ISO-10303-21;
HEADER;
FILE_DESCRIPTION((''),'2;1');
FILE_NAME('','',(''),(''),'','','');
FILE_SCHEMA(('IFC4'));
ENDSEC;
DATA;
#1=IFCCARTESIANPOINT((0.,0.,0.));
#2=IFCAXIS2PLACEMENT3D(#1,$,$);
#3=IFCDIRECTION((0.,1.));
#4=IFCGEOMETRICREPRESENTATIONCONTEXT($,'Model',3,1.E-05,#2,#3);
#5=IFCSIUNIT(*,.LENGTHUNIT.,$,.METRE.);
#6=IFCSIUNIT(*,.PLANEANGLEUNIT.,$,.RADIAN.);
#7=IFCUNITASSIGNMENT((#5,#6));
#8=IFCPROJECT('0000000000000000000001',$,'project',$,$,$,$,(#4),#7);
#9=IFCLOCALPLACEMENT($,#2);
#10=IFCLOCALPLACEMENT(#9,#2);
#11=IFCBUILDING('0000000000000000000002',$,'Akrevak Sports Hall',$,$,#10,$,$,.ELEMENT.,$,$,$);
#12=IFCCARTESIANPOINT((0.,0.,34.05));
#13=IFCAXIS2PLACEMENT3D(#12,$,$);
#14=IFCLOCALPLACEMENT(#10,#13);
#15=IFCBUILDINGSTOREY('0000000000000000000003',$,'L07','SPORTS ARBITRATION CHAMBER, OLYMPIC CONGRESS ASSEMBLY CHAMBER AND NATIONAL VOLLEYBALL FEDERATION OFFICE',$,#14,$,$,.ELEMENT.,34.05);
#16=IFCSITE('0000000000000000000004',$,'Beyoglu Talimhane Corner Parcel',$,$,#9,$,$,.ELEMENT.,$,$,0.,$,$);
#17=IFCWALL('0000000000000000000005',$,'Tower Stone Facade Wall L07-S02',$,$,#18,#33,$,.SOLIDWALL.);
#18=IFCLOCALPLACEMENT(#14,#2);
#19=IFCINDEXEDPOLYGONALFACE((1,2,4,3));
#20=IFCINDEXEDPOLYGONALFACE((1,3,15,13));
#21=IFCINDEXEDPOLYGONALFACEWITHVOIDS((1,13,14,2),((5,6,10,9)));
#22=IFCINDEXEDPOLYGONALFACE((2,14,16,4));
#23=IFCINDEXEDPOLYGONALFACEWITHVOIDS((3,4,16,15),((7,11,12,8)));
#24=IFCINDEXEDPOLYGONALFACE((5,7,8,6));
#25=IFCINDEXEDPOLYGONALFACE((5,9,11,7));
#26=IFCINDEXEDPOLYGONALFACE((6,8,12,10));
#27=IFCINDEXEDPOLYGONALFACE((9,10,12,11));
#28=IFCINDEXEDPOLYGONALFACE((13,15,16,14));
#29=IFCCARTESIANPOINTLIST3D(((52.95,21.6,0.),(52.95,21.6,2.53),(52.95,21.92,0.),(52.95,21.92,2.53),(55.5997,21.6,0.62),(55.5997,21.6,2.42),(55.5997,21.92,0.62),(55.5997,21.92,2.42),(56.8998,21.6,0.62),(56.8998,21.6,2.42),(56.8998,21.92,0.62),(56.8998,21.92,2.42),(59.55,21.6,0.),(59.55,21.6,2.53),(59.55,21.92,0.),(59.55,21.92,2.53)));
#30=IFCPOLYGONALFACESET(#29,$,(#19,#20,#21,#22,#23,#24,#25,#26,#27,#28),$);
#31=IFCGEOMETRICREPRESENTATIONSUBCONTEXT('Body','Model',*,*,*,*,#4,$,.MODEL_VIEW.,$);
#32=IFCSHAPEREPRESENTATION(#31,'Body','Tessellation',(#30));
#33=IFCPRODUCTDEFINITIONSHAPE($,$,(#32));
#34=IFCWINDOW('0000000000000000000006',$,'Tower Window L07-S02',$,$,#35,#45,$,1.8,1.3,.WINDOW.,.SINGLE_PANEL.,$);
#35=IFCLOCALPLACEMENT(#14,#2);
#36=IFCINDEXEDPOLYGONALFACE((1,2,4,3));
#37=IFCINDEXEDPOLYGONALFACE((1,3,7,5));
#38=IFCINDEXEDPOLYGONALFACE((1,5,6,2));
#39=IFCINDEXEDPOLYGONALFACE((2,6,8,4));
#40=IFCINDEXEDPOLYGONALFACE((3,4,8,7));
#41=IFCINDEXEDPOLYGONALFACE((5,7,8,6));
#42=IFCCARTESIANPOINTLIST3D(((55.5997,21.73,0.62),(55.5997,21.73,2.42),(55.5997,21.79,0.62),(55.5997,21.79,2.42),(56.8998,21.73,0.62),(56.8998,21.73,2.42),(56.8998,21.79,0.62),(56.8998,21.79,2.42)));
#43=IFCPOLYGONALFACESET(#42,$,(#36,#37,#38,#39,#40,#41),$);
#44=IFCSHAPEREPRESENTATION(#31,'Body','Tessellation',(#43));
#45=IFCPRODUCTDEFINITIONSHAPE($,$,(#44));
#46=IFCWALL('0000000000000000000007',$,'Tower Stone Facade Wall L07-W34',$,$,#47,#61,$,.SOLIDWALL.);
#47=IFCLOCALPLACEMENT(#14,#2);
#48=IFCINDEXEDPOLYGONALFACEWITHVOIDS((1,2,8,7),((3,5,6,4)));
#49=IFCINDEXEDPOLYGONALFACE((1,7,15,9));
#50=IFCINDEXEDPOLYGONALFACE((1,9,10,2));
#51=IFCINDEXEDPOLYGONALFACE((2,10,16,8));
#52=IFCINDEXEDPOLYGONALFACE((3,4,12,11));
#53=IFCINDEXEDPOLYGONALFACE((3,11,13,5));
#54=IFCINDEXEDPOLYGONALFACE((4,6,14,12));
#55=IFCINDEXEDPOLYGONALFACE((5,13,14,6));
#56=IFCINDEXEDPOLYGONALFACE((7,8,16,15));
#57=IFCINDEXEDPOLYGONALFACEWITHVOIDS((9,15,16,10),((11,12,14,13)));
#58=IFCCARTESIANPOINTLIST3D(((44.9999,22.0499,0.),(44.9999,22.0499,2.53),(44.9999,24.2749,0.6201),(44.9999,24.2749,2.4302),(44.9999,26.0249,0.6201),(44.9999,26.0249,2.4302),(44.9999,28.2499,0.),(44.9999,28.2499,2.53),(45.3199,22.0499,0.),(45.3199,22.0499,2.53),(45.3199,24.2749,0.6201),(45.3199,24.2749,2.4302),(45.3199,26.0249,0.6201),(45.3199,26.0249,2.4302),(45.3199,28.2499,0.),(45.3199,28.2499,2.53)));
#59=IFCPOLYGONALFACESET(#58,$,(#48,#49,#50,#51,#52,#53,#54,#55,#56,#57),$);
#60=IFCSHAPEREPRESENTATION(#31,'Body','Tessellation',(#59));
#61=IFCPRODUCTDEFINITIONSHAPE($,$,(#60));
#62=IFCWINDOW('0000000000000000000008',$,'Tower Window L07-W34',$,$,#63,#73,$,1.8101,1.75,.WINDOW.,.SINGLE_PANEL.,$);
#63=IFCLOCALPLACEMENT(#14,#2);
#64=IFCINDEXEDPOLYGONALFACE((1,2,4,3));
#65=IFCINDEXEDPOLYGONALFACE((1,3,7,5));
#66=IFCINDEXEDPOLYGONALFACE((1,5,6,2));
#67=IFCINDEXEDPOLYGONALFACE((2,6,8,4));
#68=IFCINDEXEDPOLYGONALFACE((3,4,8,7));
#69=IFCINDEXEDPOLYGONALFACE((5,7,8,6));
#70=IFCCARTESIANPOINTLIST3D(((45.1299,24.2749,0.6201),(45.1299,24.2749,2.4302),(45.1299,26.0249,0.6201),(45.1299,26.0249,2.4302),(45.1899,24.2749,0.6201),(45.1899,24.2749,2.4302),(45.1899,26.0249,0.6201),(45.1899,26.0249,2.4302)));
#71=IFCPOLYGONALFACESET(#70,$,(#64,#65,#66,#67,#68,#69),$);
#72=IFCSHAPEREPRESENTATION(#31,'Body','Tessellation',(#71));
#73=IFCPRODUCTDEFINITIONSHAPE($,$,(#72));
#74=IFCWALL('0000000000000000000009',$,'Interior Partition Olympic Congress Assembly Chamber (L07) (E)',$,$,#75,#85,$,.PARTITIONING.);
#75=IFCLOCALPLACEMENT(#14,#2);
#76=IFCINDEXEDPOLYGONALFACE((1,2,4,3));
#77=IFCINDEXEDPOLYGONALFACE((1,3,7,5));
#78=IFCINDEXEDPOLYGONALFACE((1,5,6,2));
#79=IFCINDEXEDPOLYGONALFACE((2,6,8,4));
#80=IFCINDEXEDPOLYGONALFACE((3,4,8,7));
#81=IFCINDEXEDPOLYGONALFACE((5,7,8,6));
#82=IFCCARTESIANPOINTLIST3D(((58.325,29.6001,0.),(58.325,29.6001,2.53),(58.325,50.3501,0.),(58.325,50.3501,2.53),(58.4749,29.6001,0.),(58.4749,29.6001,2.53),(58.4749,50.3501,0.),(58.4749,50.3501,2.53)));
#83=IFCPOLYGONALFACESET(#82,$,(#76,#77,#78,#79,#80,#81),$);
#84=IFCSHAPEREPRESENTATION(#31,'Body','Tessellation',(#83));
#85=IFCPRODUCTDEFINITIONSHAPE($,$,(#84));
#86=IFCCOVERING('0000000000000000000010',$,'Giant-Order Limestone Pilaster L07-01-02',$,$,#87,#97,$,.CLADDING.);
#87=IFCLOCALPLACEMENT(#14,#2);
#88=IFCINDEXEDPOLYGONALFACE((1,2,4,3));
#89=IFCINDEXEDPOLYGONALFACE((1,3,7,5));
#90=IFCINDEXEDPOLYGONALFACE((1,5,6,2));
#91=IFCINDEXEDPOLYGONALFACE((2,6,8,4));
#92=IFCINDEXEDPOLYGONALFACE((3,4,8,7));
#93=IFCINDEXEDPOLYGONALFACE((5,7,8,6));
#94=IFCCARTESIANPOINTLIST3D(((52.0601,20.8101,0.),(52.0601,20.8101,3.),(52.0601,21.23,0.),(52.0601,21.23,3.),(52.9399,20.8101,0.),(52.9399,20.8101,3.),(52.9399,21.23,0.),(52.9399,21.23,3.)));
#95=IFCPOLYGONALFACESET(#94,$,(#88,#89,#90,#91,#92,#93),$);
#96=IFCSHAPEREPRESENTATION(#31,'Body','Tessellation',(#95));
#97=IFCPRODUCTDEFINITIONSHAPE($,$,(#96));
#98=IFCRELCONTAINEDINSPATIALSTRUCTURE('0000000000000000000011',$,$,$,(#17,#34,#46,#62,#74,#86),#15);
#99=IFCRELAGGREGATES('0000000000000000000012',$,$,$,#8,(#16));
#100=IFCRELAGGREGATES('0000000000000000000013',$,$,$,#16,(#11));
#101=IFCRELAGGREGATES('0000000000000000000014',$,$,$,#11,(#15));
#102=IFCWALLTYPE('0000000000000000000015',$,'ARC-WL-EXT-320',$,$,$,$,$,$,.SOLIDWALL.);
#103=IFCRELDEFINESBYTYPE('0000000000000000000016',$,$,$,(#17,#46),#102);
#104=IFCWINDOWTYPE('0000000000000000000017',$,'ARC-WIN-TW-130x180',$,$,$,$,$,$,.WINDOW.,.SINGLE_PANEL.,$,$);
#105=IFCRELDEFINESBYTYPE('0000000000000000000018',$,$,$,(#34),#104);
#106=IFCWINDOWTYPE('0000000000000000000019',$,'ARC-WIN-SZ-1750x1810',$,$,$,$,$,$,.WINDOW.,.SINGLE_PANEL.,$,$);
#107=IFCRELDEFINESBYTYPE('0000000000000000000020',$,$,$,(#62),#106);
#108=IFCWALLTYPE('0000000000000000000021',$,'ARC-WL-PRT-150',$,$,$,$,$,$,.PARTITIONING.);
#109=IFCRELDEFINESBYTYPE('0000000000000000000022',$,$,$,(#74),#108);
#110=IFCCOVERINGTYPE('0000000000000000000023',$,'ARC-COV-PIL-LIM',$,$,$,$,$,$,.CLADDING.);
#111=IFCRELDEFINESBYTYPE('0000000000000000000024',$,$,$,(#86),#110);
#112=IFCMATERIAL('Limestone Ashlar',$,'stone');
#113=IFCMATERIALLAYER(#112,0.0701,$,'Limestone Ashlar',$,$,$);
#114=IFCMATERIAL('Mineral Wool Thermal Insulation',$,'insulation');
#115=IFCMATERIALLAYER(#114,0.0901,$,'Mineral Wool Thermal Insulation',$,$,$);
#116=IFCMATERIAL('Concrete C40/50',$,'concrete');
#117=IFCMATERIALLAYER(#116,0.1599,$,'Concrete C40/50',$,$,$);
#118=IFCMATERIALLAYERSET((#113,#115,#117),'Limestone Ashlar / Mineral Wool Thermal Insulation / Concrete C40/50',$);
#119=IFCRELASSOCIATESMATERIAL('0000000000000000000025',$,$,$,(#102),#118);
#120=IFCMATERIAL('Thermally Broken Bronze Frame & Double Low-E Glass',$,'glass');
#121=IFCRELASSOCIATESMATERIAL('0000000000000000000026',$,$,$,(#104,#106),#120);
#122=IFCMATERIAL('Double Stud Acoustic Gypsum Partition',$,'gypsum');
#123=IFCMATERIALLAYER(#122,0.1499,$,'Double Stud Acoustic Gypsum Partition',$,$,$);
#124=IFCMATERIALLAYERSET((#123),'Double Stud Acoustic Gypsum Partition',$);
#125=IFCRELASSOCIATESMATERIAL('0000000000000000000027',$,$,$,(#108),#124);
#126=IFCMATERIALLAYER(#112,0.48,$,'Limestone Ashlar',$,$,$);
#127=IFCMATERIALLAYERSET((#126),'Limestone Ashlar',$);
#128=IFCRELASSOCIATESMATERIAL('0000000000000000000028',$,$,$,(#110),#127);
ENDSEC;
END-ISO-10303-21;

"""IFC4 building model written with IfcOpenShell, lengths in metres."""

from ifc_helpers import new_model, si_unit, direction, frame, frame_2d, origin, origin_2d, place, context, subcontext, project, spatial, rectangle, extrude, material, layer, layer_set, type_object, element, fill, save


model = new_model("IFC4")

# Units and contexts
model_context = context("Model", 3, precision=1e-05, world=origin(), true_north=direction((0.0, 1.0)))
body_context = subcontext(model_context, "Body", "Model", "MODEL_VIEW")
ifc_project = project(units=[si_unit("LENGTHUNIT", "METRE"), si_unit("PLANEANGLEUNIT", "RADIAN")], contexts=[model_context])

# Site, building, storey
site_placement = place(None, origin())
site = spatial("IfcSite", under=ifc_project, at=site_placement, Name="Beyoglu Talimhane Corner Parcel", CompositionType="ELEMENT", RefElevation=0.0)
building_placement = place(site_placement, origin())
building = spatial("IfcBuilding", under=site, at=building_placement, Name="Akrevak Sports Hall", CompositionType="ELEMENT")
storey_placement = place(building_placement, frame((0.0, 0.0, 34.05)))
storey = spatial("IfcBuildingStorey", under=building, at=storey_placement, Name="L07", Description="SPORTS ARBITRATION CHAMBER, OLYMPIC CONGRESS ASSEMBLY CHAMBER AND NATIONAL VOLLEYBALL FEDERATION OFFICE", CompositionType="ELEMENT", Elevation=34.05)

# Shared definitions
ifc_material_1 = material(Name="Concrete C40/50", Category="concrete")

# Walls, openings, windows
ifc_material_2 = material(Name="Limestone Ashlar", Category="stone")
ifc_layer_1 = layer(ifc_material_2, 0.0701, Name="Limestone Ashlar")
ifc_material_3 = material(Name="Mineral Wool Thermal Insulation", Category="insulation")
ifc_layer_2 = layer(ifc_material_3, 0.0901, Name="Mineral Wool Thermal Insulation")
ifc_layer_3 = layer(ifc_material_1, 0.1599, Name="Concrete C40/50")
ifc_layer_set_1 = layer_set([ifc_layer_1, ifc_layer_2, ifc_layer_3], Name="Limestone Ashlar / Mineral Wool Thermal Insulation / Concrete C40/50")
wall_type_1 = type_object("IfcWallType", Name="ARC-WL-EXT-320", PredefinedType="SOLIDWALL", material=ifc_layer_set_1)
ifc_material_4 = material(Name="Thermally Broken Bronze Frame & Double Low-E Glass", Category="glass")
wall_1_placement = place(storey_placement, frame((52.95, 21.76, 0.0), z_axis=(0.0, 0.0, 1.0), x_axis=(1.0, 0.0, 0.0)))
wall_1 = element("IfcWall", 1, at=wall_1_placement, inside=storey, type_object=wall_type_1, Name="Tower Stone Facade Wall L07-S02", PredefinedType="SOLIDWALL", context=body_context, shape_type="SweptSolid", body=[
    extrude(rectangle(XDim=6.6001, YDim=0.3201, at=frame_2d((3.3, 0.0))), origin(), (0.0, 0.0, 1.0), 2.53),
])
opening_1_placement = place(wall_1_placement, frame((2.6499, 0.0, 0.6201)))
opening_1 = element("IfcOpeningElement", 2, at=opening_1_placement, cuts=wall_1, PredefinedType="OPENING", context=body_context, shape_type="SweptSolid", body=[
    extrude(rectangle(XDim=1.3, YDim=1.8, at=frame_2d((0.6499, 0.8999))), frame((0.0, 0.1719, 0.0), z_axis=(0.0, -1.0, 0.0), x_axis=(1.0, 0.0, 0.0)), (0.0, 0.0, 1.0), 0.344),
])
window_type_1 = type_object("IfcWindowType", Name="ARC-WIN-TW-130x180", PartitioningType="SINGLE_PANEL", PredefinedType="WINDOW", material=ifc_material_4)
window_1_placement = place(opening_1_placement, origin())
window_1 = element("IfcWindow", 3, at=window_1_placement, inside=storey, type_object=window_type_1, Name="Tower Window L07-S02", OverallHeight=1.8, OverallWidth=1.3, PartitioningType="SINGLE_PANEL", PredefinedType="WINDOW", context=body_context, shape_type="SweptSolid", body=[
    extrude(rectangle(XDim=1.3, YDim=1.8, at=frame_2d((0.6499, 0.8999))), frame((0.0, 0.03, 0.0), z_axis=(0.0, -1.0, 0.0), x_axis=(1.0, 0.0, 0.0)), (0.0, 0.0, 1.0), 0.0601),
])
fill(opening_1, window_1)
wall_2_placement = place(storey_placement, frame((45.1599, 28.25, 0.0), z_axis=(0.0, 0.0, 1.0), x_axis=(0.0, -1.0, 0.0)))
wall_2 = element("IfcWall", 4, at=wall_2_placement, inside=storey, type_object=wall_type_1, Name="Tower Stone Facade Wall L07-W34", PredefinedType="SOLIDWALL", context=body_context, shape_type="SweptSolid", body=[
    extrude(rectangle(XDim=6.2, YDim=0.3201, at=frame_2d((3.1001, 0.0))), origin(), (0.0, 0.0, 1.0), 2.53),
])
opening_2_placement = place(wall_2_placement, frame((2.2251, 0.0, 0.6201)))
opening_2 = element("IfcOpeningElement", 5, at=opening_2_placement, cuts=wall_2, PredefinedType="OPENING", context=body_context, shape_type="SweptSolid", body=[
    extrude(rectangle(XDim=1.75, YDim=1.8101, at=frame_2d((0.875, 0.905))), frame((0.0, 0.1719, 0.0), z_axis=(0.0, -1.0, 0.0), x_axis=(1.0, 0.0, 0.0)), (0.0, 0.0, 1.0), 0.344),
])
window_type_2 = type_object("IfcWindowType", Name="ARC-WIN-SZ-1750x1810", PartitioningType="SINGLE_PANEL", PredefinedType="WINDOW", material=ifc_material_4)
window_2_placement = place(opening_2_placement, origin())
window_2 = element("IfcWindow", 6, at=window_2_placement, inside=storey, type_object=window_type_2, Name="Tower Window L07-W34", OverallHeight=1.8101, OverallWidth=1.75, PartitioningType="SINGLE_PANEL", PredefinedType="WINDOW", context=body_context, shape_type="SweptSolid", body=[
    extrude(rectangle(XDim=1.75, YDim=1.8101, at=frame_2d((0.875, 0.905))), frame((0.0, 0.03, 0.0), z_axis=(0.0, -1.0, 0.0), x_axis=(1.0, 0.0, 0.0)), (0.0, 0.0, 1.0), 0.0601),
])
fill(opening_2, window_2)

# Wall
ifc_material_5 = material(Name="Double Stud Acoustic Gypsum Partition", Category="gypsum")
ifc_layer_4 = layer(ifc_material_5, 0.1499, Name="Double Stud Acoustic Gypsum Partition")
ifc_layer_set_2 = layer_set([ifc_layer_4], Name="Double Stud Acoustic Gypsum Partition")
wall_type_2 = type_object("IfcWallType", Name="ARC-WL-PRT-150", PredefinedType="PARTITIONING", material=ifc_layer_set_2)
wall_3_placement = place(storey_placement, frame((58.3999, 29.6001, 0.0), z_axis=(0.0, 0.0, 1.0), x_axis=(0.0, 1.0, 0.0)))
element("IfcWall", 7, at=wall_3_placement, inside=storey, type_object=wall_type_2, Name="Interior Partition Olympic Congress Assembly Chamber (L07) (E)", PredefinedType="PARTITIONING", context=body_context, shape_type="SweptSolid", body=[
    extrude(rectangle(XDim=20.75, YDim=0.1499, at=frame_2d((10.375, 0.0))), origin(), (0.0, 0.0, 1.0), 2.53),
])

# Covering
ifc_layer_5 = layer(ifc_material_2, 0.48, Name="Limestone Ashlar")
ifc_layer_set_3 = layer_set([ifc_layer_5], Name="Limestone Ashlar")
covering_type = type_object("IfcCoveringType", Name="ARC-COV-PIL-LIM", PredefinedType="CLADDING", material=ifc_layer_set_3)
covering_placement = place(storey_placement, frame((52.5, 21.02, 0.0), z_axis=(0.0, 0.0, 1.0), x_axis=(1.0, 0.0, 0.0)))
element("IfcCovering", 8, at=covering_placement, inside=storey, type_object=covering_type, Name="Giant-Order Limestone Pilaster L07-01-02", PredefinedType="CLADDING", context=body_context, shape_type="SweptSolid", body=[
    extrude(rectangle(XDim=0.8799, YDim=0.4199, at=origin_2d()), origin(), (0.0, 0.0, 1.0), 3.0),
])

save(model, "model.ifc")
